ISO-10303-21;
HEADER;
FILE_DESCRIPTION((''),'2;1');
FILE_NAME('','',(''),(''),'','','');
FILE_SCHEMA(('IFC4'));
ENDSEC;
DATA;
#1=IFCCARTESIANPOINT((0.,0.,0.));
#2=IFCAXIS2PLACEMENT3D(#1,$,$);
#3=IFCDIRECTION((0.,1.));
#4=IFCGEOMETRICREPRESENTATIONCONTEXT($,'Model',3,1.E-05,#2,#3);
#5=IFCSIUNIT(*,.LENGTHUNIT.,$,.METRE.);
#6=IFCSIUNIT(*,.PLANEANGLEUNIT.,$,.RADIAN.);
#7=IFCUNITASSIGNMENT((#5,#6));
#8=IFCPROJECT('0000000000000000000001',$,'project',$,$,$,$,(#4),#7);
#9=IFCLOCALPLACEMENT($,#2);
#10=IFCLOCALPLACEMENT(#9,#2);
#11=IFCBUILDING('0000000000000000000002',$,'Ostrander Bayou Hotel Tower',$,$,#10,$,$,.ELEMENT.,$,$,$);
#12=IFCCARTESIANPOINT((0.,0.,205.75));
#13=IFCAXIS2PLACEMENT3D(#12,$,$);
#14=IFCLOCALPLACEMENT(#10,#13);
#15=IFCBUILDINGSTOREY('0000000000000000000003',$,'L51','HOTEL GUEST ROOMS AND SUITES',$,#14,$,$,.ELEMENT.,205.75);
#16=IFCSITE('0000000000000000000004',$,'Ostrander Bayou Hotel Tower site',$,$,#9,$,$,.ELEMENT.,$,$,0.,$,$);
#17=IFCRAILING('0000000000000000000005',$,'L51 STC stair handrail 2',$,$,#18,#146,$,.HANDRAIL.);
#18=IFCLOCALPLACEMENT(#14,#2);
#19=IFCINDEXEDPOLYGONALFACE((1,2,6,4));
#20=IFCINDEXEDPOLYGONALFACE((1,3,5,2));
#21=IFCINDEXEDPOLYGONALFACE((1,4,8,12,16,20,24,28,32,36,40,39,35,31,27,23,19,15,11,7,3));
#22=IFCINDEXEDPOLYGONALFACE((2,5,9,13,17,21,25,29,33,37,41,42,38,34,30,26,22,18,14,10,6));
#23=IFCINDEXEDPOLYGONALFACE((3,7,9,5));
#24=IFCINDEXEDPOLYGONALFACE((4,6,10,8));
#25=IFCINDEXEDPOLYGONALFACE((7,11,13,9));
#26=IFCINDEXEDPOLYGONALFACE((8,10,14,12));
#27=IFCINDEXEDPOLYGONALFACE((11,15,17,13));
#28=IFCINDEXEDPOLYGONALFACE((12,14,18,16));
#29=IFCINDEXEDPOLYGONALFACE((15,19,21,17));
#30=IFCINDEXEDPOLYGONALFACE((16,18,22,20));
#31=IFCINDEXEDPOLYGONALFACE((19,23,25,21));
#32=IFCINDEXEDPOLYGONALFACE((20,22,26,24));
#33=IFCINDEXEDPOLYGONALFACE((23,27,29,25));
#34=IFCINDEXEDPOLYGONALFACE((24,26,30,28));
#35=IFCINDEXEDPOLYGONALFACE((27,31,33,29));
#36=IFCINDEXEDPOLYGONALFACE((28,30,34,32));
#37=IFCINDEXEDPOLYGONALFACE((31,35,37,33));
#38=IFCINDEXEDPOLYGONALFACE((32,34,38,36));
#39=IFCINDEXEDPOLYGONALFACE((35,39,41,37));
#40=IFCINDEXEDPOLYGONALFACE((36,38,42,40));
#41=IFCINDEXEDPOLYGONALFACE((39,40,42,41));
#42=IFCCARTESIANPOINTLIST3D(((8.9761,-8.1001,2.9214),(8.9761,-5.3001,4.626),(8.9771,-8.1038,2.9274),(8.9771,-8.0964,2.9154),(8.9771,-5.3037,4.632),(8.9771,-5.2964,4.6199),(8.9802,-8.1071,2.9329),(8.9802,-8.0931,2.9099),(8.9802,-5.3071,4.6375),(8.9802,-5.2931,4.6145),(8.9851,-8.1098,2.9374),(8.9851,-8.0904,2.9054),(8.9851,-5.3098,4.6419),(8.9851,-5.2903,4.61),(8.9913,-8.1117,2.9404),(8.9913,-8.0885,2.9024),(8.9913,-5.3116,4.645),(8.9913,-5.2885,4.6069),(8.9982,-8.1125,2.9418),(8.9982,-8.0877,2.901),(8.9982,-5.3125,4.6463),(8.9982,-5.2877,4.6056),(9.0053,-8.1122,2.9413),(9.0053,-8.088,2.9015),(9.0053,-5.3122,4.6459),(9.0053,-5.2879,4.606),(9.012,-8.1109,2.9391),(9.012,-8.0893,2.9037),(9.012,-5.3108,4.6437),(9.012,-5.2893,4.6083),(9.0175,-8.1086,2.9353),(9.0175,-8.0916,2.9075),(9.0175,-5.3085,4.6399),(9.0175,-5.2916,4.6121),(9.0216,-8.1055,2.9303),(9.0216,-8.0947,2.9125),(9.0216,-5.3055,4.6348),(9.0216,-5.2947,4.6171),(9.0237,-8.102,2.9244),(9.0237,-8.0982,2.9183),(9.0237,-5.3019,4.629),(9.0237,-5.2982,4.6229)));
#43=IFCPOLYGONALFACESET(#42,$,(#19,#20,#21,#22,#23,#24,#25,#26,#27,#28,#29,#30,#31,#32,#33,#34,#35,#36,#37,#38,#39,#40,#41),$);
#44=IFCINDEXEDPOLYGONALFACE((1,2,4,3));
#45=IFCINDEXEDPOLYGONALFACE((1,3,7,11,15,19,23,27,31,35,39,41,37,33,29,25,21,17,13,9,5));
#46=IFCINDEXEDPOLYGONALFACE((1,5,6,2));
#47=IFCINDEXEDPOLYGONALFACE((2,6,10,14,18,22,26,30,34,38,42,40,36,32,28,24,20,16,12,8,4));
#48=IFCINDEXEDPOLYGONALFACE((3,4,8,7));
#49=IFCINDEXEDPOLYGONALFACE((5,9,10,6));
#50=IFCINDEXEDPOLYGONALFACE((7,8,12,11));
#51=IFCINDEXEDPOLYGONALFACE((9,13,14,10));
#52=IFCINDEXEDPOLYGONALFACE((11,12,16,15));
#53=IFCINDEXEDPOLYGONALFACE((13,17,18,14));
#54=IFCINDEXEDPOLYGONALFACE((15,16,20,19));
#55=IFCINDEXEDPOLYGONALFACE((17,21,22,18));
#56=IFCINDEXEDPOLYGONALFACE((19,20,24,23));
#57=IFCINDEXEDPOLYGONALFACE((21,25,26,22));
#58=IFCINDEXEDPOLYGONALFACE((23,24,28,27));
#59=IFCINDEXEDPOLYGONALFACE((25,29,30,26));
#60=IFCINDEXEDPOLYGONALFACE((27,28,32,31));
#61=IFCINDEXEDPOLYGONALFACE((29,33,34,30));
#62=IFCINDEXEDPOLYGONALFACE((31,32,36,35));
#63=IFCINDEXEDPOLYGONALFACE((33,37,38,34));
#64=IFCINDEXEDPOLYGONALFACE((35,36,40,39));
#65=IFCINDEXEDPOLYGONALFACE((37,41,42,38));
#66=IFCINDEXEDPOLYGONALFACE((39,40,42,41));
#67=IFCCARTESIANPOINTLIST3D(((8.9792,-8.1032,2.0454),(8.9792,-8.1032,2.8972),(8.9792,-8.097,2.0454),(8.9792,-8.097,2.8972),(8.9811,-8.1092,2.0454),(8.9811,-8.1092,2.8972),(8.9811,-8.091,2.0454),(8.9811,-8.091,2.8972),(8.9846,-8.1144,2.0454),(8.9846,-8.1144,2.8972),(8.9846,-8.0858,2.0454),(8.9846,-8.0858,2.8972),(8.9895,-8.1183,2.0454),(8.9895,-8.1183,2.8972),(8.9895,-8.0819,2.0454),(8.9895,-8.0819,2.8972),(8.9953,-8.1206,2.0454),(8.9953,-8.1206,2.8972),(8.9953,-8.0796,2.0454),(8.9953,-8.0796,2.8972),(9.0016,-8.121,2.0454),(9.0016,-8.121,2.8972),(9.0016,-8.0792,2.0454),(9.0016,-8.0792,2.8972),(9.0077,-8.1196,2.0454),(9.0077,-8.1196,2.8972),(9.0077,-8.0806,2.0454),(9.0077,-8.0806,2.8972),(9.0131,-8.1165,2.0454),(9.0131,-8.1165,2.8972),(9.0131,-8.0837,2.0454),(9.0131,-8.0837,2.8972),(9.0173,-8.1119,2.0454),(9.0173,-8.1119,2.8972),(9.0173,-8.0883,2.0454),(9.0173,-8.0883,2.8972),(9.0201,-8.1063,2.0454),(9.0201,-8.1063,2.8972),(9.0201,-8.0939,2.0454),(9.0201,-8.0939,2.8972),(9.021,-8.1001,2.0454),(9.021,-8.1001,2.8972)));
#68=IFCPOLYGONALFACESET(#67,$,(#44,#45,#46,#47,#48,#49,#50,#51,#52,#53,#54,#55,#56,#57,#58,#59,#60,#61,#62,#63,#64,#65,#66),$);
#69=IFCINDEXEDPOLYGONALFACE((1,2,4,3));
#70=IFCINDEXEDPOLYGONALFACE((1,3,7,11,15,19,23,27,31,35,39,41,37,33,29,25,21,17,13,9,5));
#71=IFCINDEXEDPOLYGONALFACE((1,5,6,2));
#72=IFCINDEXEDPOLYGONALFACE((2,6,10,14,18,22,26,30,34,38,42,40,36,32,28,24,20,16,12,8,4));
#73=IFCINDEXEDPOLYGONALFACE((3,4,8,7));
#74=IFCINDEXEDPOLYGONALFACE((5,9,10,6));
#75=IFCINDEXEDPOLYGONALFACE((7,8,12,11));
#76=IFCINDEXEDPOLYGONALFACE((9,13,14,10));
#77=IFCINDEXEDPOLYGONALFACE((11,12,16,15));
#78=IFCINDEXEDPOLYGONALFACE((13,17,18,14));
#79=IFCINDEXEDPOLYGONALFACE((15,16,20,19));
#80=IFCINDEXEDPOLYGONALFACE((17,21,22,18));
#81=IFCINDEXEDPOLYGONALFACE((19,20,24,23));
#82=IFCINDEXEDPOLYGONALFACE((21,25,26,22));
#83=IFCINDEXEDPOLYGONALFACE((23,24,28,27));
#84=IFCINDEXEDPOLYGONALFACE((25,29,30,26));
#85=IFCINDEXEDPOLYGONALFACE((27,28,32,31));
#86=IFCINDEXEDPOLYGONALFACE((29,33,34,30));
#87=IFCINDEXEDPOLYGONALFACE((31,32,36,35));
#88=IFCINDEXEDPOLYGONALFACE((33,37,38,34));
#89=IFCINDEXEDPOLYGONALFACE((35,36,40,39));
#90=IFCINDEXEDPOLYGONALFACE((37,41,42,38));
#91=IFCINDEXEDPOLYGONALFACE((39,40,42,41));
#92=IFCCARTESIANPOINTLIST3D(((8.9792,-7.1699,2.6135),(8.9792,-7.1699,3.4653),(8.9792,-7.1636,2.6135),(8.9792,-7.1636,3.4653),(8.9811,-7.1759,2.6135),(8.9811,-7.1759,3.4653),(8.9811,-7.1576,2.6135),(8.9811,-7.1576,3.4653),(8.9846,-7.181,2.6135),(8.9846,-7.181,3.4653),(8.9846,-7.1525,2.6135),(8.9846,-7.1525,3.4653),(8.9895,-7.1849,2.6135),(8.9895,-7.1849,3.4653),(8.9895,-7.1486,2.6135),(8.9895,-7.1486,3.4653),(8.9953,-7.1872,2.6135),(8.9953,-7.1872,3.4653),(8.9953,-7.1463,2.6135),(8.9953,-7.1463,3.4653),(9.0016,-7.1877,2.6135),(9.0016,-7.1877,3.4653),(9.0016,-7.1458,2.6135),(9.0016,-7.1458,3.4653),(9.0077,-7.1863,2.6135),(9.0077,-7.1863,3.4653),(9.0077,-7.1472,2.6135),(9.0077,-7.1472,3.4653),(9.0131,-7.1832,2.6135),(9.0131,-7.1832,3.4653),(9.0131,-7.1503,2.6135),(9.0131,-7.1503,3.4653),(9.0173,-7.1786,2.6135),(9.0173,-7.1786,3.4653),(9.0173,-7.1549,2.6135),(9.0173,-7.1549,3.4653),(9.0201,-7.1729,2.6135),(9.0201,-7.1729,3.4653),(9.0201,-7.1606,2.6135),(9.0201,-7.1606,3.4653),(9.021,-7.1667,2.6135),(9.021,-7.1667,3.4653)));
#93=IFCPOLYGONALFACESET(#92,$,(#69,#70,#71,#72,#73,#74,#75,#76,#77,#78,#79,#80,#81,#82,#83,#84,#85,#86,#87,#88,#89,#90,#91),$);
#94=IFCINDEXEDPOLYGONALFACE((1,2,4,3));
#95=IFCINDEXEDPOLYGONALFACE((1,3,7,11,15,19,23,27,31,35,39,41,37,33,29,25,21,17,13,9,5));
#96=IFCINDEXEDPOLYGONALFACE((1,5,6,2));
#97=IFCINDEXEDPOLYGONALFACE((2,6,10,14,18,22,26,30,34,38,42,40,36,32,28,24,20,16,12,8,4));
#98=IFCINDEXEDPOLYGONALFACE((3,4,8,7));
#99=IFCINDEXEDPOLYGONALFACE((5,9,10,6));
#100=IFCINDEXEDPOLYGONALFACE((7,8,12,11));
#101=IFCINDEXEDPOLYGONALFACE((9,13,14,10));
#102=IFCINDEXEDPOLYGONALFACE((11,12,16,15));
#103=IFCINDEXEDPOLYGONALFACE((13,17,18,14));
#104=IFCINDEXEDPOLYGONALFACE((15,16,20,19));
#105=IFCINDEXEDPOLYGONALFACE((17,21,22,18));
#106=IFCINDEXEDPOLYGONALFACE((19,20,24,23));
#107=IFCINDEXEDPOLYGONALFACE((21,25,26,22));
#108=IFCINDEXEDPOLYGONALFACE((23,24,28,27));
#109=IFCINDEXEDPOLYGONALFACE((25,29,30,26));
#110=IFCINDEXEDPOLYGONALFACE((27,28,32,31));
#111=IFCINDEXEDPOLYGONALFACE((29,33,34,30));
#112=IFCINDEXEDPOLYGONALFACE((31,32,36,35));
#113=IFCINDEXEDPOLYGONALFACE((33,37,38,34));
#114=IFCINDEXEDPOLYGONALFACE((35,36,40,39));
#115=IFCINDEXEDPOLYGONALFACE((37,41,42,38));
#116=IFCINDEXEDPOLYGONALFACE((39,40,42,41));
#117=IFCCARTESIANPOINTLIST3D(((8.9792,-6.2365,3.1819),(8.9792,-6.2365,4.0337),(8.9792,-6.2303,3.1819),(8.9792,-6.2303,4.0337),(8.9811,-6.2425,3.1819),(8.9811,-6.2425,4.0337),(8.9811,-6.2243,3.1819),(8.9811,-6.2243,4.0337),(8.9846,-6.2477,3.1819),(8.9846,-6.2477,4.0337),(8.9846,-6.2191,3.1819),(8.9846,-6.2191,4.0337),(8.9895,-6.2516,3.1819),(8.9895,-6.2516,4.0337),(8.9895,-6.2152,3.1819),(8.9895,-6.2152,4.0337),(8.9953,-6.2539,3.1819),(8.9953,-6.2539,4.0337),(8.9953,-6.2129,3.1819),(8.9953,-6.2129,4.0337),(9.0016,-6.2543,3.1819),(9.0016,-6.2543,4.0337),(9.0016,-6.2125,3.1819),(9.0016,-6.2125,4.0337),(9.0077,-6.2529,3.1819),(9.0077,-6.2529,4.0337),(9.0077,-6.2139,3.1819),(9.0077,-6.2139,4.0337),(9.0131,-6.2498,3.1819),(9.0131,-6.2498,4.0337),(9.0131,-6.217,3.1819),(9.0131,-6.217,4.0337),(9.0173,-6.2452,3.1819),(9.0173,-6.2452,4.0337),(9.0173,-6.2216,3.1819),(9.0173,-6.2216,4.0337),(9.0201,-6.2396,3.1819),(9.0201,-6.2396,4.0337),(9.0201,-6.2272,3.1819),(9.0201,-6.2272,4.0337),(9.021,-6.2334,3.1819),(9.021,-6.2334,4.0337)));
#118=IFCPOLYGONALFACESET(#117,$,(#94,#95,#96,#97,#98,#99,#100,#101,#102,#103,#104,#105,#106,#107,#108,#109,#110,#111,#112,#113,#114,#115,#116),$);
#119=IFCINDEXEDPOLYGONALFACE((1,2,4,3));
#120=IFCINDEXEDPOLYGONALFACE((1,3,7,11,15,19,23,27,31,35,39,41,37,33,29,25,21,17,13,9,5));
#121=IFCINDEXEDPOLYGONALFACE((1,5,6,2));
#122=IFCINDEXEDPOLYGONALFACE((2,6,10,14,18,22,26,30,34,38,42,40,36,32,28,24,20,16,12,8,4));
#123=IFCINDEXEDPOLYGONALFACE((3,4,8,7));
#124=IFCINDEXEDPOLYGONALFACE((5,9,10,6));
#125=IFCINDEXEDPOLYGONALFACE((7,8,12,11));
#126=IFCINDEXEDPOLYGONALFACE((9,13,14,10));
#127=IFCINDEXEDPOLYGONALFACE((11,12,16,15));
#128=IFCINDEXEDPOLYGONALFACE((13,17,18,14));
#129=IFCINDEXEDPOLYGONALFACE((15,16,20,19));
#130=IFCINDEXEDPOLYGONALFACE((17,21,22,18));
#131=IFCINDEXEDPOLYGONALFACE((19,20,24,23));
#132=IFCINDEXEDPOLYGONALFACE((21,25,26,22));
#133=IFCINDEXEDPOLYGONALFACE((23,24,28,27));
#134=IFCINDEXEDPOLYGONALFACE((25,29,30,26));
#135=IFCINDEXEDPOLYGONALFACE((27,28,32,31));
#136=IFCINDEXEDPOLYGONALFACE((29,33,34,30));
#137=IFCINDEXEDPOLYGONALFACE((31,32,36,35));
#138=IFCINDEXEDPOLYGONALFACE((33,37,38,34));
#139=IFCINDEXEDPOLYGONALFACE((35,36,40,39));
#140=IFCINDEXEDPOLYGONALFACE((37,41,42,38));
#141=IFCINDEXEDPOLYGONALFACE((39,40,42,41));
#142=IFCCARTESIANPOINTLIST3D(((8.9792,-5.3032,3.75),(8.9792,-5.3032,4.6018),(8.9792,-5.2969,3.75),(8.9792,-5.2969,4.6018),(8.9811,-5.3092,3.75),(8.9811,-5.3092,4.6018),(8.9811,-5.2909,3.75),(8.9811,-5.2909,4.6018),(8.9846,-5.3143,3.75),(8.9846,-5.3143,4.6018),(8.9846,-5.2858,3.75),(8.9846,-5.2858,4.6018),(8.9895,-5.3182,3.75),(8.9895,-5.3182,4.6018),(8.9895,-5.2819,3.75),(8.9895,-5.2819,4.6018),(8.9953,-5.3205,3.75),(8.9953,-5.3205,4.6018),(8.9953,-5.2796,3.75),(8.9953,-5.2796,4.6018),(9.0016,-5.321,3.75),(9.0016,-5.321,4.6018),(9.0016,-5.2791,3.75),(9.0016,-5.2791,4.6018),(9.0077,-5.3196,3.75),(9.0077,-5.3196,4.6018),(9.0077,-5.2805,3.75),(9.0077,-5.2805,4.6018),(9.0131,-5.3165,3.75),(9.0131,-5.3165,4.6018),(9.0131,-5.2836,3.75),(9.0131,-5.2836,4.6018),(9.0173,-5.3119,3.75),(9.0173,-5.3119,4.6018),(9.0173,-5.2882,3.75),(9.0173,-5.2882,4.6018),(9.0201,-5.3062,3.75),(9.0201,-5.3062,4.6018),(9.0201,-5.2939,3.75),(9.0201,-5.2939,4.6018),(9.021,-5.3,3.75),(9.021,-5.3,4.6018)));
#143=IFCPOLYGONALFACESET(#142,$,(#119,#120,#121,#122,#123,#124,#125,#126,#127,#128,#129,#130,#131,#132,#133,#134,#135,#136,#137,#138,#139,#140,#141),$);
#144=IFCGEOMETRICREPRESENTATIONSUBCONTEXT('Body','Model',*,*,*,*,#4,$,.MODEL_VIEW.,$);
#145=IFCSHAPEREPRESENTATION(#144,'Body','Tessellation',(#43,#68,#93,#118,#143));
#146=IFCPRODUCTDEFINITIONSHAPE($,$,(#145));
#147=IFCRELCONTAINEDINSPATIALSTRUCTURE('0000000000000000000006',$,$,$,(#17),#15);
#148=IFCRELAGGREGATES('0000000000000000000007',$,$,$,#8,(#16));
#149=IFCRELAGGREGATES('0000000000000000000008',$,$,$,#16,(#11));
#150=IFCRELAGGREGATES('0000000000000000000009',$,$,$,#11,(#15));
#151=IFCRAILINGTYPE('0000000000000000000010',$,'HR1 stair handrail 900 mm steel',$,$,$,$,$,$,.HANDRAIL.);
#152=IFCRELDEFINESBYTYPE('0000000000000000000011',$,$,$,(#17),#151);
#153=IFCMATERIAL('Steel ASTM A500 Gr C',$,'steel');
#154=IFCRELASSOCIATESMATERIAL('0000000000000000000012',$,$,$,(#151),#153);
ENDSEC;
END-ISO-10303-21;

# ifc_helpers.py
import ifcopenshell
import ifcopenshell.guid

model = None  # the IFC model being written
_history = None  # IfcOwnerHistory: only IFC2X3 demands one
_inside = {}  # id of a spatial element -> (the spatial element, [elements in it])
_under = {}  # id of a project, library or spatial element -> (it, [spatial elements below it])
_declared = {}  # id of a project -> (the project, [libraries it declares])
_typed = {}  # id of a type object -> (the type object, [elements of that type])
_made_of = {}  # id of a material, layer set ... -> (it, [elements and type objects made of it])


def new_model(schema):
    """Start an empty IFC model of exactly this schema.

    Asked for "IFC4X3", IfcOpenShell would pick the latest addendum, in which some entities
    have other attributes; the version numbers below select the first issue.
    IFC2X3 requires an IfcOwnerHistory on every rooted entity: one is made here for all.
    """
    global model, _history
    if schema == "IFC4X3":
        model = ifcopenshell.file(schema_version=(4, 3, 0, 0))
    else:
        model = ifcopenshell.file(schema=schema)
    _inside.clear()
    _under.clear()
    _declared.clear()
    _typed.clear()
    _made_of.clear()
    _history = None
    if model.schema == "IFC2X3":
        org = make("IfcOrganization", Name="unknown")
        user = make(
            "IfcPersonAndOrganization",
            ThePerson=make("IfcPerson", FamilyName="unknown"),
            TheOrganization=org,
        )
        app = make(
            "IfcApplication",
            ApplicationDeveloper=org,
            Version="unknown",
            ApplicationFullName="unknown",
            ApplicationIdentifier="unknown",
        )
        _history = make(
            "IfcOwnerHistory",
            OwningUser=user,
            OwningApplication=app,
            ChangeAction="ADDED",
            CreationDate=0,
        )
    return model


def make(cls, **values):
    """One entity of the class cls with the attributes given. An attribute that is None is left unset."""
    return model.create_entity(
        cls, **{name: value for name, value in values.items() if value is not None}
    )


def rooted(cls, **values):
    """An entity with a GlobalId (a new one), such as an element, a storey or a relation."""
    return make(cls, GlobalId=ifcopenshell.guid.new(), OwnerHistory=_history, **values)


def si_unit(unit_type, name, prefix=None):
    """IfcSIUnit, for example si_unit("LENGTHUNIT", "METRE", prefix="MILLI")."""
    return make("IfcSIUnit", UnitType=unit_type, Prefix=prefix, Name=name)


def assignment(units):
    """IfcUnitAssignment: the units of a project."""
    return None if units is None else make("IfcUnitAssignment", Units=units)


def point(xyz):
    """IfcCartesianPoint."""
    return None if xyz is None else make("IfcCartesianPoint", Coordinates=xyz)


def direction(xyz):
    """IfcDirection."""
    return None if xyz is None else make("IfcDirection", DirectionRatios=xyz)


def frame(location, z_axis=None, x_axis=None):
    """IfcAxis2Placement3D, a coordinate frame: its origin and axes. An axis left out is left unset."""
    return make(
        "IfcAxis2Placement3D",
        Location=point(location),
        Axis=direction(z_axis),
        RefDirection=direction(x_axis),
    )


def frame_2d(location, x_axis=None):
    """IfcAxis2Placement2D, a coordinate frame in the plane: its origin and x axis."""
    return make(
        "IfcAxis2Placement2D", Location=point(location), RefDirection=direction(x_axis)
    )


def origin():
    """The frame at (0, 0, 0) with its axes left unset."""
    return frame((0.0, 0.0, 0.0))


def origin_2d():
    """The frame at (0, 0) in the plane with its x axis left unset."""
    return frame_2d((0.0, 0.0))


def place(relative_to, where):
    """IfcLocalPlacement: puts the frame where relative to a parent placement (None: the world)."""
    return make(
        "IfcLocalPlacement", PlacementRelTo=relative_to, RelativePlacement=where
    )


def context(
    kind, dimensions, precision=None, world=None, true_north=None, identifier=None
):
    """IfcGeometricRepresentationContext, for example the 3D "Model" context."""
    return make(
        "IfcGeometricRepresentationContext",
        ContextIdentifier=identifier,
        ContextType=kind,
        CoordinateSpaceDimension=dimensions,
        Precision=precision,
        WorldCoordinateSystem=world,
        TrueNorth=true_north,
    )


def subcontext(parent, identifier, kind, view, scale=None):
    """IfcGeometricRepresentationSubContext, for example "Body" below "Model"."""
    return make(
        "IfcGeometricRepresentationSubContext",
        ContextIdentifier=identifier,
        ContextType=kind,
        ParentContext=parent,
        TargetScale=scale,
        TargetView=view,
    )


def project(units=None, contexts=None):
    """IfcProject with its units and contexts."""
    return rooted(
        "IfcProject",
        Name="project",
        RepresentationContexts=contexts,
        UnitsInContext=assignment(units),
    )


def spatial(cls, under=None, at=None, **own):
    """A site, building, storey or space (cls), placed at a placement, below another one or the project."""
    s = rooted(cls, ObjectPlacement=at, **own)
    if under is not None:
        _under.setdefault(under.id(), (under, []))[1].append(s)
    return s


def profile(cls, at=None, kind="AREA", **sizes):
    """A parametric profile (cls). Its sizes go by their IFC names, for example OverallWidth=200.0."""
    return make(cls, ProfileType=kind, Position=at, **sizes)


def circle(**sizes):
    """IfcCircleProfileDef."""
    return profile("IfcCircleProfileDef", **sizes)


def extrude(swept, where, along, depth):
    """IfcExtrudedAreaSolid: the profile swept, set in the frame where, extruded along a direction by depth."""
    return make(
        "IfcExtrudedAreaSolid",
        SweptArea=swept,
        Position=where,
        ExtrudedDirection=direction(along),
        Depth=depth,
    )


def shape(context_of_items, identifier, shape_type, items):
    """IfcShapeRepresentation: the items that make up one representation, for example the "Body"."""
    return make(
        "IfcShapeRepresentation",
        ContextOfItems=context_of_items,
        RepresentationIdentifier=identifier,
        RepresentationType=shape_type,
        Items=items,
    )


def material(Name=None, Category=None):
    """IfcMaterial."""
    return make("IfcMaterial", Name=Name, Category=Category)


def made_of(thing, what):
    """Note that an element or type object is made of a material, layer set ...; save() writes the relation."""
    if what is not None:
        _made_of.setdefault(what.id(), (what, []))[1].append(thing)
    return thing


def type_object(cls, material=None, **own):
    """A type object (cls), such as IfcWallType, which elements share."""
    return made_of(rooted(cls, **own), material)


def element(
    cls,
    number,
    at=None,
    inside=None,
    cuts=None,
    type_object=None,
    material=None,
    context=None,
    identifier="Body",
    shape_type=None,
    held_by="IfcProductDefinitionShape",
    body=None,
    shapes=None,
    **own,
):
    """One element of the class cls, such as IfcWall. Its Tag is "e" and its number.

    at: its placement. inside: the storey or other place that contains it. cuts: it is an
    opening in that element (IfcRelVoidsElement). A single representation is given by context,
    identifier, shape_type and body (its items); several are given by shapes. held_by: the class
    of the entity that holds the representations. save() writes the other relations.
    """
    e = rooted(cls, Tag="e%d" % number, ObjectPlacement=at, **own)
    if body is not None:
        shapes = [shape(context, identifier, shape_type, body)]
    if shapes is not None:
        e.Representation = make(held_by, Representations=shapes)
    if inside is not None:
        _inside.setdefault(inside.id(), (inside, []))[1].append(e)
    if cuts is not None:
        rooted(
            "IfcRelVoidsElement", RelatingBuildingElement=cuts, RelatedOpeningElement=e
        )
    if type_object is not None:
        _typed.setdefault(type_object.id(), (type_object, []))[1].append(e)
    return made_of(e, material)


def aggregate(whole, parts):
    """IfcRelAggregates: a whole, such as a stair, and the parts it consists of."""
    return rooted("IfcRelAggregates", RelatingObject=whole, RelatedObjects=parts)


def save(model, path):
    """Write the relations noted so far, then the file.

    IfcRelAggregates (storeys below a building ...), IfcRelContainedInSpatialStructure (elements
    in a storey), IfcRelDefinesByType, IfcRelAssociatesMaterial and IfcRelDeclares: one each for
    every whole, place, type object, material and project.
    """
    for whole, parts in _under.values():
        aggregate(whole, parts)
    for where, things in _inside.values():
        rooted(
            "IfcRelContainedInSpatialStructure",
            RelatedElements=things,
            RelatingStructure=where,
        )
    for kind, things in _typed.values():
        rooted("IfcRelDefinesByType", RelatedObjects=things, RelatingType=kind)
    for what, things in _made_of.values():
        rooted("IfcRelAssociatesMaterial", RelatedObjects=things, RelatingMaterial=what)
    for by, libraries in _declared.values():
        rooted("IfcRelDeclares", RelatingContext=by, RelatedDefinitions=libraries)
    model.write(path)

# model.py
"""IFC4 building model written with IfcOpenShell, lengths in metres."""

from ifc_helpers import new_model, si_unit, direction, frame, origin, origin_2d, place, context, subcontext, project, spatial, circle, extrude, material, type_object, element, save


model = new_model("IFC4")

# Units and contexts
model_context = context("Model", 3, precision=1e-05, world=origin(), true_north=direction((0.0, 1.0)))
body_context = subcontext(model_context, "Body", "Model", "MODEL_VIEW")
ifc_project = project(units=[si_unit("LENGTHUNIT", "METRE"), si_unit("PLANEANGLEUNIT", "RADIAN")], contexts=[model_context])

# Site, building, storey
site_placement = place(None, origin())
site = spatial("IfcSite", under=ifc_project, at=site_placement, Name="Ostrander Bayou Hotel Tower site", CompositionType="ELEMENT", RefElevation=0.0)
building_placement = place(site_placement, origin())
building = spatial("IfcBuilding", under=site, at=building_placement, Name="Ostrander Bayou Hotel Tower", CompositionType="ELEMENT")
storey_placement = place(building_placement, frame((0.0, 0.0, 205.75)))
storey = spatial("IfcBuildingStorey", under=building, at=storey_placement, Name="L51", Description="HOTEL GUEST ROOMS AND SUITES", CompositionType="ELEMENT", Elevation=205.75)

# Railing
ifc_material_1 = material(Name="Steel ASTM A500 Gr C", Category="steel")
railing_type_1 = type_object("IfcRailingType", Name="HR1 stair handrail 900 mm steel", PredefinedType="HANDRAIL", material=ifc_material_1)
railing_1_placement = place(storey_placement, frame((9.0, -8.1001, 2.0454)))
element("IfcRailing", 1, at=railing_1_placement, inside=storey, type_object=railing_type_1, Name="L51 STC stair handrail 2", PredefinedType="HANDRAIL", context=body_context, shape_type="SweptSolid", body=[
    extrude(circle(Radius=0.0239, at=origin_2d()), frame((0.0, 0.0, 0.876), z_axis=(0.0, 0.85417, 0.519994), x_axis=(-1.0, 0.0, 0.0)), (0.0, 0.0, 1.0), 3.2781),
    extrude(circle(Radius=0.021, at=origin_2d()), origin(), (0.0, 0.0, 1.0), 0.8518),
    extrude(circle(Radius=0.021, at=origin_2d()), frame((0.0, 0.9333, 0.5681)), (0.0, 0.0, 1.0), 0.8518),
    extrude(circle(Radius=0.021, at=origin_2d()), frame((0.0, 1.8667, 1.1365)), (0.0, 0.0, 1.0), 0.8518),
    extrude(circle(Radius=0.021, at=origin_2d()), frame((0.0, 2.8, 1.7046)), (0.0, 0.0, 1.0), 0.8518),
])

save(model, "model.ifc")
